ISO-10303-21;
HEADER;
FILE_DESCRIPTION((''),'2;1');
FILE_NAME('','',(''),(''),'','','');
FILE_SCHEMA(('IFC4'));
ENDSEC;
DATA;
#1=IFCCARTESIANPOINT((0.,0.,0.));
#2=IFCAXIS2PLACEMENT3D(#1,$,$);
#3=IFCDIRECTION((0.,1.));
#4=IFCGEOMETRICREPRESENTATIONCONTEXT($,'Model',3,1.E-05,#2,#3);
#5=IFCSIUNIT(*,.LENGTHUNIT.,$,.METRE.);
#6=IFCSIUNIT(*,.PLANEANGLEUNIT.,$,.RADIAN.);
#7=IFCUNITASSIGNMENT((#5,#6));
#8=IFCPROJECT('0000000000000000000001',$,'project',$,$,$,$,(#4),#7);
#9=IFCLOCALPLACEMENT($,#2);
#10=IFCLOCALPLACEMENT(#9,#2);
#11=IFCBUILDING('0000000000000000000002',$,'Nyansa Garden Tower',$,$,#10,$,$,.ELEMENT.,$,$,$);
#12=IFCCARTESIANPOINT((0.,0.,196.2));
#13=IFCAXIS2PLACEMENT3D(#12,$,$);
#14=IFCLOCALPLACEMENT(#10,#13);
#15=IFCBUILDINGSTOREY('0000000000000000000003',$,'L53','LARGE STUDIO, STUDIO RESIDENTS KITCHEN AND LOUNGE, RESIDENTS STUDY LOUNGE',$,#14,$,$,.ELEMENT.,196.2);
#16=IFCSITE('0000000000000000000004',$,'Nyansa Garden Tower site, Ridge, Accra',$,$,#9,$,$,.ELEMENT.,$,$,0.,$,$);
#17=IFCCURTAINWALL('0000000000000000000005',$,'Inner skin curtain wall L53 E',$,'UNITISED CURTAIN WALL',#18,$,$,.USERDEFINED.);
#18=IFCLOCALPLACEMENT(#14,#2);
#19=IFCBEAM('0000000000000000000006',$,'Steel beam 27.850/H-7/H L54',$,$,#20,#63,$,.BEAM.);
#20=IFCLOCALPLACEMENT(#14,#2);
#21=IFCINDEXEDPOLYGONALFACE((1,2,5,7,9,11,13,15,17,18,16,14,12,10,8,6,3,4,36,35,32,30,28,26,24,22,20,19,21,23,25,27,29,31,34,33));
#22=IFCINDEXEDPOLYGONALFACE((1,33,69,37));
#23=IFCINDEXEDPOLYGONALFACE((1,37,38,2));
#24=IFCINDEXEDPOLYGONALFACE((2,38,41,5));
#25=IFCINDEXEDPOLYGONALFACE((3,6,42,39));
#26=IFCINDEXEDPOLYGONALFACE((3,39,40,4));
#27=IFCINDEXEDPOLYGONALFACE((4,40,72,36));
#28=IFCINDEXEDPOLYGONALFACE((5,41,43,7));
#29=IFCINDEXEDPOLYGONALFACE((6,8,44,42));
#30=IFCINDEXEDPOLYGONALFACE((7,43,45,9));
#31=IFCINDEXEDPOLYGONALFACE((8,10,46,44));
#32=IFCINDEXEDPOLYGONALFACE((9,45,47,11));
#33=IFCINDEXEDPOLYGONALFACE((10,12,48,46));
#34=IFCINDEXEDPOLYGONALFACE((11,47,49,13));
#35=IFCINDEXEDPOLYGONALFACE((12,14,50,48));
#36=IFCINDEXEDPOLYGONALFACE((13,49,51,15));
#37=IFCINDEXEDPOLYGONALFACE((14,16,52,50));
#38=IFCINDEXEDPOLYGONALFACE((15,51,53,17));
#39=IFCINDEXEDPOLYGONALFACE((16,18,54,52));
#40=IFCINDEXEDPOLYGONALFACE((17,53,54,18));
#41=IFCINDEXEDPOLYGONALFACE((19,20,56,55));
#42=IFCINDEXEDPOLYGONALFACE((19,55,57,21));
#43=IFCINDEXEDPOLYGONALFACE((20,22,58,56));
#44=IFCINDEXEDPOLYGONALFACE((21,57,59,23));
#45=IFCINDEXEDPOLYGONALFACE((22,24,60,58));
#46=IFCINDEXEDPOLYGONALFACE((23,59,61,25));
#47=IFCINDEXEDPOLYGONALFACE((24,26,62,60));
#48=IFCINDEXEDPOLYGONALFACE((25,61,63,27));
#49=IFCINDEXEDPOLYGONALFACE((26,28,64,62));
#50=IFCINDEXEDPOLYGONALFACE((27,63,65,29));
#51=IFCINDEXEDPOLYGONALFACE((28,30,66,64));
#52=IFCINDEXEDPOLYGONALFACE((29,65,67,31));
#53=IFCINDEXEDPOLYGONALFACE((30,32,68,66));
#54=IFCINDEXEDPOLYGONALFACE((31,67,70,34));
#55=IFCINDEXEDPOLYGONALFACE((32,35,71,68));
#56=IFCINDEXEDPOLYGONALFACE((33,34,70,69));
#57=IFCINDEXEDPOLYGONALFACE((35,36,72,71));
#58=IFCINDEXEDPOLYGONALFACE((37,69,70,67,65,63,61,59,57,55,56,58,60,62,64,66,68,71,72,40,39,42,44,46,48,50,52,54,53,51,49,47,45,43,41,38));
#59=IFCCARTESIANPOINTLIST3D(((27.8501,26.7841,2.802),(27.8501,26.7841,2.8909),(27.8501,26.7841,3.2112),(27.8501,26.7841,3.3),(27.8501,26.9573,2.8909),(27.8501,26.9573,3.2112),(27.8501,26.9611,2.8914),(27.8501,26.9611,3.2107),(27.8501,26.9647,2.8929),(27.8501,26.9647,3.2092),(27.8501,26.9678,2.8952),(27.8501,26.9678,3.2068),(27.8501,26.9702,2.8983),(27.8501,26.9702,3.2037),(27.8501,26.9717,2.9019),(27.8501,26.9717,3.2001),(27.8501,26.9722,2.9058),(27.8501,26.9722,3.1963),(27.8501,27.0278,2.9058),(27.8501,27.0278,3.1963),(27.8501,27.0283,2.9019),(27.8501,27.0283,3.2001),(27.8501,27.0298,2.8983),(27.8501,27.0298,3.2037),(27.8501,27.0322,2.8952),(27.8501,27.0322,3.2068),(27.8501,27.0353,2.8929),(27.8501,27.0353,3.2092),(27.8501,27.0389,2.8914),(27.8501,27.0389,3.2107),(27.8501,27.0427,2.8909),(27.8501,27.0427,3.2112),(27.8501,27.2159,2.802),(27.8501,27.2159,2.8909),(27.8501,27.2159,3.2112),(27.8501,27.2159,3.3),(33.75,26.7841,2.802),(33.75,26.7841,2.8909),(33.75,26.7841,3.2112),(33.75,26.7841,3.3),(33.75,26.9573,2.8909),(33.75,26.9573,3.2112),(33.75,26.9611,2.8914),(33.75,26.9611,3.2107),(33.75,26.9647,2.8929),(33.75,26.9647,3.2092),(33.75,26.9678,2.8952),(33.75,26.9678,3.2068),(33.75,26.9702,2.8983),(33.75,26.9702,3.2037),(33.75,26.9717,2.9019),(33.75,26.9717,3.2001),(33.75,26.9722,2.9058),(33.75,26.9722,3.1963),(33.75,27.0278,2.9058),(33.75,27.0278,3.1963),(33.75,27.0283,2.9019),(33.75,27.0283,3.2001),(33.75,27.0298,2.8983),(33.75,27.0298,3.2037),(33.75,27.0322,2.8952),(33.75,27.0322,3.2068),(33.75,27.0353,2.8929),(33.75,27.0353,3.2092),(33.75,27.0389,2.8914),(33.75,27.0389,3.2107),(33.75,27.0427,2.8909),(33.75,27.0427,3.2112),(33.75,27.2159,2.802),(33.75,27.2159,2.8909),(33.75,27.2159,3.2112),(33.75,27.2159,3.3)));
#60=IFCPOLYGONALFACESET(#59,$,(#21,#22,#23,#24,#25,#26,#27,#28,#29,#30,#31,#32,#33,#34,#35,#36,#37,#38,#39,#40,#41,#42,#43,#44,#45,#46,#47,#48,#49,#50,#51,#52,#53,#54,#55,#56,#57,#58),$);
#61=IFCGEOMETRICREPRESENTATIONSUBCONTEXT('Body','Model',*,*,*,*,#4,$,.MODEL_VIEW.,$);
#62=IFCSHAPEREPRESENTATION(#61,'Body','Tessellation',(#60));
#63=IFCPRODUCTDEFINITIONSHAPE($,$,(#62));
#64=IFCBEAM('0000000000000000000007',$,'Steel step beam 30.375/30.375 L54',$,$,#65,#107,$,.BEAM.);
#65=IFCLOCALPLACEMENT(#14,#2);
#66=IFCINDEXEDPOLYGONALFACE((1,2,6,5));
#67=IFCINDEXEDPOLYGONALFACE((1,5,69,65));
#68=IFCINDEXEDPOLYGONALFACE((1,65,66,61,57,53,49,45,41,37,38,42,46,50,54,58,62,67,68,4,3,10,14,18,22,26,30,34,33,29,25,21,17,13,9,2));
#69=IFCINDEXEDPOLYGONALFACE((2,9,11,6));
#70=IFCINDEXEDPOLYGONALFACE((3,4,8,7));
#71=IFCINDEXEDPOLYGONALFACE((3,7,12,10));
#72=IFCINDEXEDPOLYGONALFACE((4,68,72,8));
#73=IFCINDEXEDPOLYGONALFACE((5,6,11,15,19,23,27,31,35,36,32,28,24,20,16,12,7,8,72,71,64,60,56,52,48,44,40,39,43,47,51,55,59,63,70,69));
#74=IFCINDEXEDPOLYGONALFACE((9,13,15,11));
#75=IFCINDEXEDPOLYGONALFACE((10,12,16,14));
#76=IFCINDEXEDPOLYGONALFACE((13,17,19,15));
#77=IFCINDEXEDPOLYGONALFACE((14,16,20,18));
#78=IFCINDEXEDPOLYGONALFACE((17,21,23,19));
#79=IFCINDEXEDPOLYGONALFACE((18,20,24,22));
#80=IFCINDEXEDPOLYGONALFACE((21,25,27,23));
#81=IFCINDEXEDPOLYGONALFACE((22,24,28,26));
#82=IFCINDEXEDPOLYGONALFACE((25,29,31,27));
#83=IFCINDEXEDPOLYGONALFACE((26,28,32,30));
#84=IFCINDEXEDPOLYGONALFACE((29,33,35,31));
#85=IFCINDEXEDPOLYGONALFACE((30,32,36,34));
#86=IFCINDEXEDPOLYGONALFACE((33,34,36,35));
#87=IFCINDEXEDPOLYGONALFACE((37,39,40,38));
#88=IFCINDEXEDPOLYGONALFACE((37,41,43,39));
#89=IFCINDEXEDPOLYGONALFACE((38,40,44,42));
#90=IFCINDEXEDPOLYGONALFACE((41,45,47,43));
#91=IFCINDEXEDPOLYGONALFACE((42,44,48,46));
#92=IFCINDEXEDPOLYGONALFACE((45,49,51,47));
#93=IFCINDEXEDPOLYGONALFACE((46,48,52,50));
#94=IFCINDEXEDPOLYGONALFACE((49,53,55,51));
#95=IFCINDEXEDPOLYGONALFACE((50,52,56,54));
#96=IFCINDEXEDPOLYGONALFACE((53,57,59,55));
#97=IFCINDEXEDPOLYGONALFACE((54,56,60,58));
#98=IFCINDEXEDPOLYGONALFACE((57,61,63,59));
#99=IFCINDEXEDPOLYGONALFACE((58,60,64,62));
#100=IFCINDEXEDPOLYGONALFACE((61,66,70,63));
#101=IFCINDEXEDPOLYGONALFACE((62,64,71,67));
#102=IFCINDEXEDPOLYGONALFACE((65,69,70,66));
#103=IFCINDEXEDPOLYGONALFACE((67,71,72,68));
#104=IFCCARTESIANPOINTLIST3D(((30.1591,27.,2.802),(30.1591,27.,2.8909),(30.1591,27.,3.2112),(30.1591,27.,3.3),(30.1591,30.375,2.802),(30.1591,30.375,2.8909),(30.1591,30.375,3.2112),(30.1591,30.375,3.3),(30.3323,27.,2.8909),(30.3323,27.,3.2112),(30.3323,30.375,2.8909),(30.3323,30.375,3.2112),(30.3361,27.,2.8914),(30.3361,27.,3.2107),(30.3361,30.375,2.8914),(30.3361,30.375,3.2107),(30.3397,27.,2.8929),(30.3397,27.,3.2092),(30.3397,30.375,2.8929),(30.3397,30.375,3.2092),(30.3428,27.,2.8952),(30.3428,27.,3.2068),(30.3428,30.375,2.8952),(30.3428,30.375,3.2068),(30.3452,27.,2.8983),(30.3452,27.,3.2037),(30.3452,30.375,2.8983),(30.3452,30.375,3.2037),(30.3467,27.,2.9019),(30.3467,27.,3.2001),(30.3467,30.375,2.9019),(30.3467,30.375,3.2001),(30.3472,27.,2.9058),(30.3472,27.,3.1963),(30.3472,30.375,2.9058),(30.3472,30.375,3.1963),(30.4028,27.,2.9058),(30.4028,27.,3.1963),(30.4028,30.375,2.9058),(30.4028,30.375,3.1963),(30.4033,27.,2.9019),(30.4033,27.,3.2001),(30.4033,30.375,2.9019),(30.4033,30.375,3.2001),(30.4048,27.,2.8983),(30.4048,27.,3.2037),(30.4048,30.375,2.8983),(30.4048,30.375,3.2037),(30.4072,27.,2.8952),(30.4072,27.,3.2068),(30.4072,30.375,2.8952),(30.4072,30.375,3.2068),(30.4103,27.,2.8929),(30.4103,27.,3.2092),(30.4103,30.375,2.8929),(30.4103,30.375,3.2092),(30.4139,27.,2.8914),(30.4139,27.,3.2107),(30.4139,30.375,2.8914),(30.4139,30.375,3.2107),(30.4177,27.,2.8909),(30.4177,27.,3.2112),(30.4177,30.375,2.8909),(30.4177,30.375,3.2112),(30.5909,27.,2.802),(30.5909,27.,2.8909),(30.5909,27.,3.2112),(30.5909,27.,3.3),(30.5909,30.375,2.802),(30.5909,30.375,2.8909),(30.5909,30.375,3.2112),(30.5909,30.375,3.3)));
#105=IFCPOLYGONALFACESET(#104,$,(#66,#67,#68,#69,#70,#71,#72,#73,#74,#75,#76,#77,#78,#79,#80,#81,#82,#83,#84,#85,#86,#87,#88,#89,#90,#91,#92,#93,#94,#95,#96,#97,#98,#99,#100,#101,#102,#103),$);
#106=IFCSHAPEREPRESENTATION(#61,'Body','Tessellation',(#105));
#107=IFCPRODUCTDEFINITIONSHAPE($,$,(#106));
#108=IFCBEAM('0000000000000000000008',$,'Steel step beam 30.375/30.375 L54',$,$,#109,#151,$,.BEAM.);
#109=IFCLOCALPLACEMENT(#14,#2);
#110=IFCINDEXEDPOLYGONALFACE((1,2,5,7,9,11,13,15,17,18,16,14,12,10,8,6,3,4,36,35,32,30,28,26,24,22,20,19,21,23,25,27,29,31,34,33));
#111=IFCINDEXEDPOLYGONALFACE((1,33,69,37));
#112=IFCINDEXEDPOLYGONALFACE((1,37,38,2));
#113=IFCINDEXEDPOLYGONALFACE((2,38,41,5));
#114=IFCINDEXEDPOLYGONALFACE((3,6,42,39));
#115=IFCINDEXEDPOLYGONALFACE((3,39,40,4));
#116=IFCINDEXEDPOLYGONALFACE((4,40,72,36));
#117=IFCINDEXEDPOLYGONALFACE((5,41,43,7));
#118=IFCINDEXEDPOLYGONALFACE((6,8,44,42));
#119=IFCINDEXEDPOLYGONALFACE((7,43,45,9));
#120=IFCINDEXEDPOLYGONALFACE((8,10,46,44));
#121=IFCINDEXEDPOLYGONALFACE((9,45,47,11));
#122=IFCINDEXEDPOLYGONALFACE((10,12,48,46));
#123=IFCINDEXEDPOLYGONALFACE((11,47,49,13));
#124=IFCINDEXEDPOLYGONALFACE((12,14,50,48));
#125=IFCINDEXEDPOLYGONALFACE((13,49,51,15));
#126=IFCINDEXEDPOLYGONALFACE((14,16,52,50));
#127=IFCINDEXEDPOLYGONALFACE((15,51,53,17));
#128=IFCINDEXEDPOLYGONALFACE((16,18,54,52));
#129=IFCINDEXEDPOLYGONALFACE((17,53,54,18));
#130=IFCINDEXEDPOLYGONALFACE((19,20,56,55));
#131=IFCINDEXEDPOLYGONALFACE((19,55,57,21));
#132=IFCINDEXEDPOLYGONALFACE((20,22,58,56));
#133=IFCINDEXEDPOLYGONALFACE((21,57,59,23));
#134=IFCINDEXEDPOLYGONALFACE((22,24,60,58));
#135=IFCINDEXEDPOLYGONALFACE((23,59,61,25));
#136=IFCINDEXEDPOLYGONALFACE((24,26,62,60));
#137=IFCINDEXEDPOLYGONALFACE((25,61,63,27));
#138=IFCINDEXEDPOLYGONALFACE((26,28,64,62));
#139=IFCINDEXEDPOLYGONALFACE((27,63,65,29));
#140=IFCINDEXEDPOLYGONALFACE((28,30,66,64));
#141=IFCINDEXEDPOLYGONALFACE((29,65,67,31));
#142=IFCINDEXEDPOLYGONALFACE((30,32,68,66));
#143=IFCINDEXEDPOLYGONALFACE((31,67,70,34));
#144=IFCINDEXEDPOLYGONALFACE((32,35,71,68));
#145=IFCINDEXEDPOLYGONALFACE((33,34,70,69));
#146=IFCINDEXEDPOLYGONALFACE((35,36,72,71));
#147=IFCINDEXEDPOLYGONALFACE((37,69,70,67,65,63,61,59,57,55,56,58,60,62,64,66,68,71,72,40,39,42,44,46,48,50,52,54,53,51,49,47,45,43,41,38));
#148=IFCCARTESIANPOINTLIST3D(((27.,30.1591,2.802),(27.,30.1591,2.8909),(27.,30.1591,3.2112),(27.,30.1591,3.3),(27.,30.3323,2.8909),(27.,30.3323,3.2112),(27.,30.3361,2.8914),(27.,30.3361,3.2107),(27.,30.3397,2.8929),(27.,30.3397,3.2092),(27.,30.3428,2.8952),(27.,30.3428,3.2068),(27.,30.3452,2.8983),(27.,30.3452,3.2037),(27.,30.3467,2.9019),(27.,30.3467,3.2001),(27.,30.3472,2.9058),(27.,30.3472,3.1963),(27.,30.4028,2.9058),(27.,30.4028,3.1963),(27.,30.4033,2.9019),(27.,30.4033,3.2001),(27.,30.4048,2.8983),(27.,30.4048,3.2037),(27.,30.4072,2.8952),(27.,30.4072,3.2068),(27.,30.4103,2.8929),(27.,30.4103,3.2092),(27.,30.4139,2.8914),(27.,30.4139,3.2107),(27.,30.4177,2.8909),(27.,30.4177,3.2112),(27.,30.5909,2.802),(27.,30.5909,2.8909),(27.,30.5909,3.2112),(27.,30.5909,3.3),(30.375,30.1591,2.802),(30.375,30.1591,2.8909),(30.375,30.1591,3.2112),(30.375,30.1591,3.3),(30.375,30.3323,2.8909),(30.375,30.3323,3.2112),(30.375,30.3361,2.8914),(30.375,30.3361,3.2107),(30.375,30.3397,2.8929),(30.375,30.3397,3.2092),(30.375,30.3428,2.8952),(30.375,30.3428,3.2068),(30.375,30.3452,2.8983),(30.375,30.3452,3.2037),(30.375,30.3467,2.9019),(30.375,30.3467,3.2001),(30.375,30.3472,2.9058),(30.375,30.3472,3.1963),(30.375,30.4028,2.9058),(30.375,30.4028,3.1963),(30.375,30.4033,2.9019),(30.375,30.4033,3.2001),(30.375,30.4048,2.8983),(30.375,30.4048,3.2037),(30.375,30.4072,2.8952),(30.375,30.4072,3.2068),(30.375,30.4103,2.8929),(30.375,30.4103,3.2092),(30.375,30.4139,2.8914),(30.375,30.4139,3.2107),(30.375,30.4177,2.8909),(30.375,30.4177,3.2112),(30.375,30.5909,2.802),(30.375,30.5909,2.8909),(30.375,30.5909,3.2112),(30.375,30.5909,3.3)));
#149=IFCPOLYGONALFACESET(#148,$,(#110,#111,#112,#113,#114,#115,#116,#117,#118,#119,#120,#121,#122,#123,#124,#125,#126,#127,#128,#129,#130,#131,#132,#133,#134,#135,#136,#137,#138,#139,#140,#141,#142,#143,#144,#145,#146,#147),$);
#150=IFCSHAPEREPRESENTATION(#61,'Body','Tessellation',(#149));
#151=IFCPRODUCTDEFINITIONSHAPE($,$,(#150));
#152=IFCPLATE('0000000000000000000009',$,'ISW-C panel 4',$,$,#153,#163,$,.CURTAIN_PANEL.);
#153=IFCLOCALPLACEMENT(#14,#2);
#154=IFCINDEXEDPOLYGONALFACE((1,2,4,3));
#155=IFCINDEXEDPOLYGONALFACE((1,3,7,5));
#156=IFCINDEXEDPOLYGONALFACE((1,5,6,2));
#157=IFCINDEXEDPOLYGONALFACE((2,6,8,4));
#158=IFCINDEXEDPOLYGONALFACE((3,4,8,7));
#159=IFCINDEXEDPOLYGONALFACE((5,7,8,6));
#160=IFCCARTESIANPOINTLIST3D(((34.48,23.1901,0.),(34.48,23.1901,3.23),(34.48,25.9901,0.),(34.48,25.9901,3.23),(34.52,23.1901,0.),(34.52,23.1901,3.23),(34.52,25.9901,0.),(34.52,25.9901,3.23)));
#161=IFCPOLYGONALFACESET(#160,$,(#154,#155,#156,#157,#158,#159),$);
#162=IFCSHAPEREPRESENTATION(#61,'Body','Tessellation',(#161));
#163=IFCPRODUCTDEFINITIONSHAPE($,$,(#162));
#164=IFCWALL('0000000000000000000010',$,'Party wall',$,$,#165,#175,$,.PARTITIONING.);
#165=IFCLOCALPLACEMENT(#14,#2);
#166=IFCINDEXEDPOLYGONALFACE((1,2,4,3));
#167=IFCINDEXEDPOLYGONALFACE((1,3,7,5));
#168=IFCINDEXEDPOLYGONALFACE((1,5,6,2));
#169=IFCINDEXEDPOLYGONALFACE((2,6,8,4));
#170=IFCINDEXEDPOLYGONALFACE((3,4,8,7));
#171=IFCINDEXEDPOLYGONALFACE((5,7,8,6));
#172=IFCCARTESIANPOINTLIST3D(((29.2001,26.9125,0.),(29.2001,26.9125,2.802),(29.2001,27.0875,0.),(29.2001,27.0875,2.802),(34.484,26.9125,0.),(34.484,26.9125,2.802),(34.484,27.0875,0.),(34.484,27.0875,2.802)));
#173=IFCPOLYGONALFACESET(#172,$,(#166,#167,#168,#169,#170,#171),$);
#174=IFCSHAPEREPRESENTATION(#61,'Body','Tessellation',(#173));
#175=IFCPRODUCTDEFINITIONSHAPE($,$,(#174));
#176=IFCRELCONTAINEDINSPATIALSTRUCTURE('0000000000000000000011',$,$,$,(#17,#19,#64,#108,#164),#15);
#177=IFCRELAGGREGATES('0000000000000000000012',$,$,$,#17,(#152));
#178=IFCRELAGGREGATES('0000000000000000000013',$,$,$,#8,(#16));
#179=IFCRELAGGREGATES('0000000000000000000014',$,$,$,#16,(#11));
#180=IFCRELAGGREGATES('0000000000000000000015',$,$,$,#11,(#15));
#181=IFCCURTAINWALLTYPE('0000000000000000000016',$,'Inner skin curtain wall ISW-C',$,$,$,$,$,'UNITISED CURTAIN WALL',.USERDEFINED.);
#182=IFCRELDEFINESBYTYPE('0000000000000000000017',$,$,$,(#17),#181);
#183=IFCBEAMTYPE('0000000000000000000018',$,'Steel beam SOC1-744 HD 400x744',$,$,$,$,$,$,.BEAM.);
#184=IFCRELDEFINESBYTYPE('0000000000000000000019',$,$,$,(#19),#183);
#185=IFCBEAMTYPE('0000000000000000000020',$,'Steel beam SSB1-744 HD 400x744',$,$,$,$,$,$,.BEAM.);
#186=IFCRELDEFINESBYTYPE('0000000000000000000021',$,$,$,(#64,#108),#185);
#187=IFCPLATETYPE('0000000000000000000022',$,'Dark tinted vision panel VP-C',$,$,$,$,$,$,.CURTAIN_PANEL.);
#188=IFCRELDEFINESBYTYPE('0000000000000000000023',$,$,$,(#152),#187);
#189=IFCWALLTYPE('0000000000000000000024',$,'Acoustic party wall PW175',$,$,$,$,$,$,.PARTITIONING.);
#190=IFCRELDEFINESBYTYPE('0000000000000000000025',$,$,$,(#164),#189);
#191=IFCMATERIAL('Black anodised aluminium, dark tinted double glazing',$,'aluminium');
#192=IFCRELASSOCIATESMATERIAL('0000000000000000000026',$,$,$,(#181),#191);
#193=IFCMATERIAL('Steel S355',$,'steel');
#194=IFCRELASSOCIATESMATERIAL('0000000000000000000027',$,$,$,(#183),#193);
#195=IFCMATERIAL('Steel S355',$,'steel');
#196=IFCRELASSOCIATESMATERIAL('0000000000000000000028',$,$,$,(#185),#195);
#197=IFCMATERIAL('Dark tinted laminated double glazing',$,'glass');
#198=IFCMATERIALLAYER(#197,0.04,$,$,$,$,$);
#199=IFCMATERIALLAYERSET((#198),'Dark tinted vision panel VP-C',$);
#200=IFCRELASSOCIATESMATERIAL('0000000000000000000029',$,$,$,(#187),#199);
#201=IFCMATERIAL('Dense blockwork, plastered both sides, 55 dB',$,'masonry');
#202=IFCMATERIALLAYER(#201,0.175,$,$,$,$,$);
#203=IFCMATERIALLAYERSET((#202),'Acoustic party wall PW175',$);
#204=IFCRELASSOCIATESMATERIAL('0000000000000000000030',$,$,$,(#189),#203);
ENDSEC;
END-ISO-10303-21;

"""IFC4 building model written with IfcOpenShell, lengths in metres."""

from ifc_helpers import new_model, si_unit, direction, frame, frame_2d, origin, origin_2d, place, context, subcontext, project, spatial, rectangle, i_section, extrude, material, layer, layer_set, material_profile, profile_set, type_object, element, aggregate, save


model = new_model("IFC4")

# Units and contexts
model_context = context("Model", 3, precision=1e-05, world=origin(), true_north=direction((0.0, 1.0)))
body_context = subcontext(model_context, "Body", "Model", "MODEL_VIEW")
ifc_project = project(units=[si_unit("LENGTHUNIT", "METRE"), si_unit("PLANEANGLEUNIT", "RADIAN")], contexts=[model_context])

# Site, building, storey
site_placement = place(None, origin())
site = spatial("IfcSite", under=ifc_project, at=site_placement, Name="Nyansa Garden Tower site, Ridge, Accra", CompositionType="ELEMENT", RefElevation=0.0)
building_placement = place(site_placement, origin())
building = spatial("IfcBuilding", under=site, at=building_placement, Name="Nyansa Garden Tower", CompositionType="ELEMENT")
storey_placement = place(building_placement, frame((0.0, 0.0, 196.2)))
storey = spatial("IfcBuildingStorey", under=building, at=storey_placement, Name="L53", Description="LARGE STUDIO, STUDIO RESIDENTS KITCHEN AND LOUNGE, RESIDENTS STUDY LOUNGE", CompositionType="ELEMENT", Elevation=196.2)

# Curtain wall
ifc_material_1 = material(Name="Black anodised aluminium, dark tinted double glazing", Category="aluminium")
curtain_wall_type = type_object("IfcCurtainWallType", Name="Inner skin curtain wall ISW-C", ElementType="UNITISED CURTAIN WALL", PredefinedType="USERDEFINED", material=ifc_material_1)
curtain_wall_placement = place(storey_placement, origin())
curtain_wall = element("IfcCurtainWall", 1, at=curtain_wall_placement, inside=storey, type_object=curtain_wall_type, Name="Inner skin curtain wall L53 E", ObjectType="UNITISED CURTAIN WALL", PredefinedType="USERDEFINED")

# Beams
ifc_material_2 = material(Name="Steel S355", Category="steel")
ifc_material_profile_1 = material_profile(ifc_material_2, i_section(OverallWidth=0.4319, OverallDepth=0.498, WebThickness=0.0557, FlangeThickness=0.0889, FilletRadius=0.0149, at=origin_2d()), Name="HD 400x744")
ifc_profile_set_1 = profile_set([ifc_material_profile_1], Name="Steel S355")
beam_type_1 = type_object("IfcBeamType", Name="Steel beam SOC1-744 HD 400x744", PredefinedType="BEAM", material=ifc_profile_set_1)
beam_1_placement = place(storey_placement, frame((27.8501, 27.0, 3.051), z_axis=(1.0, 0.0, 0.0), x_axis=(0.0, 1.0, 0.0)))
element("IfcBeam", 2, at=beam_1_placement, inside=storey, type_object=beam_type_1, Name="Steel beam 27.850/H-7/H L54", PredefinedType="BEAM", context=body_context, shape_type="SweptSolid", body=[
    extrude(i_section(OverallWidth=0.4319, OverallDepth=0.498, WebThickness=0.0557, FlangeThickness=0.0889, FilletRadius=0.0149, at=origin_2d()), origin(), (0.0, 0.0, 1.0), 5.8999),
])
ifc_material_3 = material(Name="Steel S355", Category="steel")
ifc_material_profile_2 = material_profile(ifc_material_3, i_section(OverallWidth=0.4319, OverallDepth=0.498, WebThickness=0.0557, FlangeThickness=0.0889, FilletRadius=0.0149, at=origin_2d()), Name="HD 400x744")
ifc_profile_set_2 = profile_set([ifc_material_profile_2], Name="Steel S355")
beam_type_2 = type_object("IfcBeamType", Name="Steel beam SSB1-744 HD 400x744", PredefinedType="BEAM", material=ifc_profile_set_2)
for number, where, z_axis, x_axis, name in (
    (3, (30.375, 30.375, 3.051), (0.0, -1.0, 0.0), (1.0, 0.0, 0.0), "Steel step beam 30.375/30.375 L54"),
    (4, (30.375, 30.375, 3.051), (-1.0, 0.0, 0.0), (0.0, -1.0, 0.0), "Steel step beam 30.375/30.375 L54"),
):
    element("IfcBeam", number, at=place(storey_placement, frame(where, z_axis=z_axis, x_axis=x_axis)), inside=storey, type_object=beam_type_2, Name=name, PredefinedType="BEAM", context=body_context, shape_type="SweptSolid", body=[
        extrude(i_section(OverallWidth=0.4319, OverallDepth=0.498, WebThickness=0.0557, FlangeThickness=0.0889, FilletRadius=0.0149, at=origin_2d()), origin(), (0.0, 0.0, 1.0), 3.375),
    ])

# Plate
ifc_material_4 = material(Name="Dark tinted laminated double glazing", Category="glass")
ifc_layer_1 = layer(ifc_material_4, 0.04)
ifc_layer_set_1 = layer_set([ifc_layer_1], Name="Dark tinted vision panel VP-C")
plate_type = type_object("IfcPlateType", Name="Dark tinted vision panel VP-C", PredefinedType="CURTAIN_PANEL", material=ifc_layer_set_1)
plate_placement = place(storey_placement, frame((34.5, 24.5901, 0.0), z_axis=(0.0, 0.0, 1.0), x_axis=(0.0, 1.0, 0.0)))
plate = element("IfcPlate", 5, at=plate_placement, type_object=plate_type, Name="ISW-C panel 4", PredefinedType="CURTAIN_PANEL", context=body_context, shape_type="SweptSolid", body=[
    extrude(rectangle(XDim=2.8, YDim=0.04, at=origin_2d()), origin(), (0.0, 0.0, 1.0), 3.23),
])
aggregate(curtain_wall, [plate])

# Wall
ifc_material_5 = material(Name="Dense blockwork, plastered both sides, 55 dB", Category="masonry")
ifc_layer_2 = layer(ifc_material_5, 0.175)
ifc_layer_set_2 = layer_set([ifc_layer_2], Name="Acoustic party wall PW175")
wall_type_1 = type_object("IfcWallType", Name="Acoustic party wall PW175", PredefinedType="PARTITIONING", material=ifc_layer_set_2)
wall_1_placement = place(storey_placement, frame((29.2, 27.0, 0.0), z_axis=(0.0, 0.0, 1.0), x_axis=(1.0, 0.0, 0.0)))
element("IfcWall", 6, at=wall_1_placement, inside=storey, type_object=wall_type_1, Name="Party wall", PredefinedType="PARTITIONING", context=body_context, shape_type="SweptSolid", body=[
    extrude(rectangle(XDim=5.2839, YDim=0.175, at=frame_2d((2.6421, 0.0))), origin(), (0.0, 0.0, 1.0), 2.802),
])

save(model, "model.ifc")
